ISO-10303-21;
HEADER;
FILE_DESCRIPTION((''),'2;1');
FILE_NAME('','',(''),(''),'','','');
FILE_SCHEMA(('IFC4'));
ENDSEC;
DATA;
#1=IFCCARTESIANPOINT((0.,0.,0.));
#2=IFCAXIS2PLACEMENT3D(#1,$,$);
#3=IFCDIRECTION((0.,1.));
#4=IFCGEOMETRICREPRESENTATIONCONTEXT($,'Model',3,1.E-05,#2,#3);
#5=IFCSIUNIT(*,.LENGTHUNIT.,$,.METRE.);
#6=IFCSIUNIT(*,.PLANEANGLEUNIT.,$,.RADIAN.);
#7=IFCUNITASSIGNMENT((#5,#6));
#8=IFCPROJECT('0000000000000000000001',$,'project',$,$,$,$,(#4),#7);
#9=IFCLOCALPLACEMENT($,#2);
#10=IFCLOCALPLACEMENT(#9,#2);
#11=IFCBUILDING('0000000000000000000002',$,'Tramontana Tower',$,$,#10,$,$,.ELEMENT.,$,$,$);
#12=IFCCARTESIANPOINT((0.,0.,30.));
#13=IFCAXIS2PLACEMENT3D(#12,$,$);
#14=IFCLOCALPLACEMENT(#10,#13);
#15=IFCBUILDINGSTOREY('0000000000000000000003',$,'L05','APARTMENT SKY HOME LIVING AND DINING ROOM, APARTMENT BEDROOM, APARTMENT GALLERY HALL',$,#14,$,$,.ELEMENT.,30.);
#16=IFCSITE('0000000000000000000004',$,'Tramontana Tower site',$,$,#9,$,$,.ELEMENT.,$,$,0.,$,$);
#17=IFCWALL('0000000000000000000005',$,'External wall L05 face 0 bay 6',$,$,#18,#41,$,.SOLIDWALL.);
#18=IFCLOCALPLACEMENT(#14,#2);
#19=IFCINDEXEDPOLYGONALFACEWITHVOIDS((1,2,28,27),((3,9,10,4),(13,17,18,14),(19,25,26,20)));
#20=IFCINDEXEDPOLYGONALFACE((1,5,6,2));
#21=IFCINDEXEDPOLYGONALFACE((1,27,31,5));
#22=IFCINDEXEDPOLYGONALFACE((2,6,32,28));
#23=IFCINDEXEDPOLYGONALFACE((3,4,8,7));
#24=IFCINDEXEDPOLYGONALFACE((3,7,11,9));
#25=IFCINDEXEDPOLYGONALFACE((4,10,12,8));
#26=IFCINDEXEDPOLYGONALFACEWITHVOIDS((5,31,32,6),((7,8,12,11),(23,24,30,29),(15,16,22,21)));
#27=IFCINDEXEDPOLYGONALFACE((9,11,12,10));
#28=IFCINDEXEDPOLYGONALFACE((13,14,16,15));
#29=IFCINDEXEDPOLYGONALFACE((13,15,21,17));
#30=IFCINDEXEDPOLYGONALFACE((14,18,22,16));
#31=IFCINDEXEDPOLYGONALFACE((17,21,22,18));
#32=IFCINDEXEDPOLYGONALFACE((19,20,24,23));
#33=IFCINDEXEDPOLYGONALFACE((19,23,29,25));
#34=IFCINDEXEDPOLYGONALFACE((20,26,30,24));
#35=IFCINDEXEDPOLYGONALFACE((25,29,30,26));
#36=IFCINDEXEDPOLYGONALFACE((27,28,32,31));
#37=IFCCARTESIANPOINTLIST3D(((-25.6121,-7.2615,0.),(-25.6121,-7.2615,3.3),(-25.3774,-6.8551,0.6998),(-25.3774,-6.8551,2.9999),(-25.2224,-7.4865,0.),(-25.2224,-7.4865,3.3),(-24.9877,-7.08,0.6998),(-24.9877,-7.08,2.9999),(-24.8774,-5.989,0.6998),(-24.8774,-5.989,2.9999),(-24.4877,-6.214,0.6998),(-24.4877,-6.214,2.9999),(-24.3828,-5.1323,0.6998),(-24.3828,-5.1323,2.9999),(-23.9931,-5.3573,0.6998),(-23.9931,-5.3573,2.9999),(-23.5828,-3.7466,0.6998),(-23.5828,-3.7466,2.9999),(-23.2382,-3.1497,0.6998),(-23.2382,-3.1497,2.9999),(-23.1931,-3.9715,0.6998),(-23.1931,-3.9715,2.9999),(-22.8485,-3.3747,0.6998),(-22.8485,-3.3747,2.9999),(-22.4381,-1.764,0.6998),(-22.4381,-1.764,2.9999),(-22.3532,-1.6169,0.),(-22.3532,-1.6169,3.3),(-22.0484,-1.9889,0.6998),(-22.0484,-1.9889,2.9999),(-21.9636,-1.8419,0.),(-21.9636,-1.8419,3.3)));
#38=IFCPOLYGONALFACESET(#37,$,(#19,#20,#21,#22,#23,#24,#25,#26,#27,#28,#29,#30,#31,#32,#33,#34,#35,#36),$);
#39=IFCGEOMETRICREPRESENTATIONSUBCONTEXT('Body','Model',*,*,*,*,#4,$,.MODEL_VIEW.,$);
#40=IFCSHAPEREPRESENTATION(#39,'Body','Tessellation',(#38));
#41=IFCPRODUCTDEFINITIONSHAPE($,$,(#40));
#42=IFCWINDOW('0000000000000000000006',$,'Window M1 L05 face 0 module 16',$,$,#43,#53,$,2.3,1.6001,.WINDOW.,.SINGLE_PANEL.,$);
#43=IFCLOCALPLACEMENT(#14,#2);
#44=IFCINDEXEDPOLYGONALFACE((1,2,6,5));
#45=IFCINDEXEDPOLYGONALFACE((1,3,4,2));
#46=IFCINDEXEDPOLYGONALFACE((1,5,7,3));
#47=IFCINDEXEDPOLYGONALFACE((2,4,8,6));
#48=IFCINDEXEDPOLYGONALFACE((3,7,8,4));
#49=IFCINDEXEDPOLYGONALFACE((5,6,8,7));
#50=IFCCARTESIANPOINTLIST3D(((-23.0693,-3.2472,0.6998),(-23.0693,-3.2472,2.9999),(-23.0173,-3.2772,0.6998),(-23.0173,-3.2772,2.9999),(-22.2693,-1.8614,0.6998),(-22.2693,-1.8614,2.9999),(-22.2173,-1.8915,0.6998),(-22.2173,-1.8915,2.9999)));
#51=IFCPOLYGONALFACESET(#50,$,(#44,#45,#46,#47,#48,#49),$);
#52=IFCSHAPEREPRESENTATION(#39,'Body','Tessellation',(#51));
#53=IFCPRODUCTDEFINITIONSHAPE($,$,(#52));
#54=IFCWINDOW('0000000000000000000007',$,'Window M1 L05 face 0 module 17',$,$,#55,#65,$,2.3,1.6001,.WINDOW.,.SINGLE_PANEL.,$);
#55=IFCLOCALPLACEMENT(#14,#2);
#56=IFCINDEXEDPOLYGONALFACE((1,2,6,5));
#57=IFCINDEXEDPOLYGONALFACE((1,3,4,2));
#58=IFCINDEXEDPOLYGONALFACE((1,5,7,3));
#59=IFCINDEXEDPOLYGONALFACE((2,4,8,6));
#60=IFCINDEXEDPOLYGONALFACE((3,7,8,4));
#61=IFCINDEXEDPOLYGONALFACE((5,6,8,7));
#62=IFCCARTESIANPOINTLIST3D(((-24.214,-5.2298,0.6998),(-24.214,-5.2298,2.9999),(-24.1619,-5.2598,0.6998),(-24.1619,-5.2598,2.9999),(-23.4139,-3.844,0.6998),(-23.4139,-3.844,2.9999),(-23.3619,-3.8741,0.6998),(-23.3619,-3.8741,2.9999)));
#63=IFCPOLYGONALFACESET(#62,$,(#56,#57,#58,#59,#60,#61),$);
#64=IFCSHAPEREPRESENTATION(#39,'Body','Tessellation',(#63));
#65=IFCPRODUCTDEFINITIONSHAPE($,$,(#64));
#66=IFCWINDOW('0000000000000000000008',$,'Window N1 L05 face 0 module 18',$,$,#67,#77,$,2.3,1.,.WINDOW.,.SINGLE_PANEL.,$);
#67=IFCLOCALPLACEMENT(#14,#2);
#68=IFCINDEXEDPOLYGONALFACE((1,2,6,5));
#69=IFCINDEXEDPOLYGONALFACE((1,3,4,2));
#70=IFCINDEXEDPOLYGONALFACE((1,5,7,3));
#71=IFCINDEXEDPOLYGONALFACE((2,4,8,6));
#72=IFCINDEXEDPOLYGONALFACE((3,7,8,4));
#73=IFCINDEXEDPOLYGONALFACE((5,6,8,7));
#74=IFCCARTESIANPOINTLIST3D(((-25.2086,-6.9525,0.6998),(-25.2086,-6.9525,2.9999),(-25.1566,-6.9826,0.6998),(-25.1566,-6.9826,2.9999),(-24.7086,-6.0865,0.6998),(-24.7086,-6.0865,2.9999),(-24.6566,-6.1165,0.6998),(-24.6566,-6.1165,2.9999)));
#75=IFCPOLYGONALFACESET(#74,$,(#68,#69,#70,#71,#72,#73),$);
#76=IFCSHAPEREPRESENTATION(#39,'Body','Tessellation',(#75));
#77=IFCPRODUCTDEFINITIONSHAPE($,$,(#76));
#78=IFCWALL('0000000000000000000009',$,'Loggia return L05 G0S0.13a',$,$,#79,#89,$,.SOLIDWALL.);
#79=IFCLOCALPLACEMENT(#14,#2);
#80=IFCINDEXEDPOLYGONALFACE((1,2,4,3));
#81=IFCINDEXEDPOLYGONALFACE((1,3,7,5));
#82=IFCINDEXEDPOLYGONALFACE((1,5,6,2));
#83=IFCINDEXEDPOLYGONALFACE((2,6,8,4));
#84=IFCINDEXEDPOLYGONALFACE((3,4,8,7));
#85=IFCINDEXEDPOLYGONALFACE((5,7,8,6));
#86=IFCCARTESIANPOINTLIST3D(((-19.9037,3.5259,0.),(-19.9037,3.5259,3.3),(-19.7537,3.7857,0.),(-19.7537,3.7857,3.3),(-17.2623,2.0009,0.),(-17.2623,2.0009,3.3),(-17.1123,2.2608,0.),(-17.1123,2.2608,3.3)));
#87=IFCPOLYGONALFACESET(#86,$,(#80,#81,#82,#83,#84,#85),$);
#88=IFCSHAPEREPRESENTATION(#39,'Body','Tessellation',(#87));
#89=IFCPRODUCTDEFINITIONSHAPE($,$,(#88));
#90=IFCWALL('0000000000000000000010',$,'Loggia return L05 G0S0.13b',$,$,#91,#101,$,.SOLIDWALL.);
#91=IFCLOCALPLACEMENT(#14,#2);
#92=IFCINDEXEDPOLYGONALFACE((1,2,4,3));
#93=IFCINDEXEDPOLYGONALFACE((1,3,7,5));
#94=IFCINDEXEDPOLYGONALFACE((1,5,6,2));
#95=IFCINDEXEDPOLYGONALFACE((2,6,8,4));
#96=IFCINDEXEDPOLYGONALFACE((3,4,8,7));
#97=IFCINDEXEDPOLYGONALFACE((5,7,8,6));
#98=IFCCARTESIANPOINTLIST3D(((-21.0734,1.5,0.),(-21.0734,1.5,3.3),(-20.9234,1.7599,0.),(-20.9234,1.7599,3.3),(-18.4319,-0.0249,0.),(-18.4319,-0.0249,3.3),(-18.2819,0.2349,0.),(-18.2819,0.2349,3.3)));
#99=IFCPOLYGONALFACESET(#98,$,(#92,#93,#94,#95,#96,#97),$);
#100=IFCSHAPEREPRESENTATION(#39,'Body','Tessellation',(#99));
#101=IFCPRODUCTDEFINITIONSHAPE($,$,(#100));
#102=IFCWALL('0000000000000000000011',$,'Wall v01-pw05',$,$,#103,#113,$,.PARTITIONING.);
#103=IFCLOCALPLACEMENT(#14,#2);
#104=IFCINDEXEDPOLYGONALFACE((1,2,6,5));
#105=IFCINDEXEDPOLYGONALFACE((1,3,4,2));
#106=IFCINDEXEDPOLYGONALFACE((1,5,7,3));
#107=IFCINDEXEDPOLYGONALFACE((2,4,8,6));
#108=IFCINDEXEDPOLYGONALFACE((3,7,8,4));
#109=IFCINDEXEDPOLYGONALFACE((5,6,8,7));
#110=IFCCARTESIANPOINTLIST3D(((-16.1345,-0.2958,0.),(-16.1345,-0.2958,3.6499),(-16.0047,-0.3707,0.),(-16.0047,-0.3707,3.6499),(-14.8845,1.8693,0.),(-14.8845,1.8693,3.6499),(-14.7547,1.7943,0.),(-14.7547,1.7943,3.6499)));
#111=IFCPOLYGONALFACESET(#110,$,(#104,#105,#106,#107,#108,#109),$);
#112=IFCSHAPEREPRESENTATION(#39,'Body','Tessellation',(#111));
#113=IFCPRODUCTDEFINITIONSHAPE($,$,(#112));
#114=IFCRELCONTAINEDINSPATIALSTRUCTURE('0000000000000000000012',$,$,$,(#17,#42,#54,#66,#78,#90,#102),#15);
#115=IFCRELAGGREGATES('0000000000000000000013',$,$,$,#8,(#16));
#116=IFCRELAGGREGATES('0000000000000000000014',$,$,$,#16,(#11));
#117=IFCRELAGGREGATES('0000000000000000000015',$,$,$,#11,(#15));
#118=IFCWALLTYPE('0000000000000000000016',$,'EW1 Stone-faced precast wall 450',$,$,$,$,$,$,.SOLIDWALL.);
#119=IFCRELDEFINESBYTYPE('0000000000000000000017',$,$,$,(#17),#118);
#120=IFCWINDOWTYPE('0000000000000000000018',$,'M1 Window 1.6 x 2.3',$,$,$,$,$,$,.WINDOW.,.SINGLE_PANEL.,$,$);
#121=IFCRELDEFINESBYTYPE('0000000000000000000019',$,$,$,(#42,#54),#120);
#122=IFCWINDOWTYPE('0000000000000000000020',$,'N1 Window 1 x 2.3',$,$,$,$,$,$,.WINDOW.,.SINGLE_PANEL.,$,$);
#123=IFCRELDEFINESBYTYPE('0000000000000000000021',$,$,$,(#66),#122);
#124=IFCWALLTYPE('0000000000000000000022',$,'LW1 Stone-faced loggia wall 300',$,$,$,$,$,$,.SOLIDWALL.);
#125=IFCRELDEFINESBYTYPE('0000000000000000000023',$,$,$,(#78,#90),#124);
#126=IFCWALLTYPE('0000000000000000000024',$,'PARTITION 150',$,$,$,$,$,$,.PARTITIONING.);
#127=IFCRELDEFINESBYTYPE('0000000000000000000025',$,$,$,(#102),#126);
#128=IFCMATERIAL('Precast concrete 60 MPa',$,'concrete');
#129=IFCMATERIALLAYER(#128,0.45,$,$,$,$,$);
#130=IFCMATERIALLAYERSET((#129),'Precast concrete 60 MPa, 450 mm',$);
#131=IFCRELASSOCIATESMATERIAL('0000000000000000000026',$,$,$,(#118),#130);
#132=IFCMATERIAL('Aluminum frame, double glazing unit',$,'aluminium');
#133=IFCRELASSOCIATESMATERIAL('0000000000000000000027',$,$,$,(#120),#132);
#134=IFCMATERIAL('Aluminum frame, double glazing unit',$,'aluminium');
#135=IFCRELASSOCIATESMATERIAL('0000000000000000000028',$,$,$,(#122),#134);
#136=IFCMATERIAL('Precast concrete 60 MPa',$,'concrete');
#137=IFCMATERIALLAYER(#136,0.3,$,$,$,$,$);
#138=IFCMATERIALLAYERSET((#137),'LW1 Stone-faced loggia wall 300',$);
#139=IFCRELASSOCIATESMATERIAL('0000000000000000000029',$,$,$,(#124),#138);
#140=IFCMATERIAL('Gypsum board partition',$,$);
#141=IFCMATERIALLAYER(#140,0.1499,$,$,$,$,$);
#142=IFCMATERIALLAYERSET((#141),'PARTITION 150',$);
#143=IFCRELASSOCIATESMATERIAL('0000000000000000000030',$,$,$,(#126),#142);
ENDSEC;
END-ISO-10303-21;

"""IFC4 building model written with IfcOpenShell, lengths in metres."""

from ifc_helpers import new_model, si_unit, direction, frame, frame_2d, origin, place, context, subcontext, project, spatial, rectangle, extrude, material, layer, layer_set, type_object, element, fill, save


model = new_model("IFC4")

# Units and contexts
model_context = context("Model", 3, precision=1e-05, world=origin(), true_north=direction((0.0, 1.0)))
body_context = subcontext(model_context, "Body", "Model", "MODEL_VIEW")
ifc_project = project(units=[si_unit("LENGTHUNIT", "METRE"), si_unit("PLANEANGLEUNIT", "RADIAN")], contexts=[model_context])

# Site, building, storey
site_placement = place(None, origin())
site = spatial("IfcSite", under=ifc_project, at=site_placement, Name="Tramontana Tower site", CompositionType="ELEMENT", RefElevation=0.0)
building_placement = place(site_placement, origin())
building = spatial("IfcBuilding", under=site, at=building_placement, Name="Tramontana Tower", CompositionType="ELEMENT")
storey_placement = place(building_placement, frame((0.0, 0.0, 30.0)))
storey = spatial("IfcBuildingStorey", under=building, at=storey_placement, Name="L05", Description="APARTMENT SKY HOME LIVING AND DINING ROOM, APARTMENT BEDROOM, APARTMENT GALLERY HALL", CompositionType="ELEMENT", Elevation=30.0)

# Shared definitions
ifc_material_1 = material(Name="Precast concrete 60 MPa", Category="concrete")
ifc_layer_1 = layer(ifc_material_1, 0.45)
ifc_layer_set_1 = layer_set([ifc_layer_1], Name="Precast concrete 60 MPa, 450 mm")
wall_type_1 = type_object("IfcWallType", Name="EW1 Stone-faced precast wall 450", PredefinedType="SOLIDWALL", material=ifc_layer_set_1)
ifc_material_2 = material(Name="Aluminum frame, double glazing unit", Category="aluminium")
window_type_1 = type_object("IfcWindowType", Name="M1 Window 1.6 x 2.3", PartitioningType="SINGLE_PANEL", PredefinedType="WINDOW", material=ifc_material_2)

# Wall, openings, windows
wall_1_placement = place(storey_placement, frame((-22.1584, -1.7295, 0.0), z_axis=(0.0, 0.0, 1.0), x_axis=(-0.49999, -0.866031, 0.0)))
wall_1 = element("IfcWall", 1, at=wall_1_placement, inside=storey, type_object=wall_type_1, Name="External wall L05 face 0 bay 6", PredefinedType="SOLIDWALL", context=body_context, shape_type="SweptSolid", body=[
    extrude(rectangle(XDim=6.5178, YDim=0.45, at=frame_2d((3.2588, 0.0))), origin(), (0.0, 0.0, 1.0), 3.3),
])
opening_1_placement = place(wall_1_placement, frame((0.1697, 0.0, 0.7)))
opening_1 = element("IfcOpeningElement", 2, at=opening_1_placement, cuts=wall_1, PredefinedType="OPENING", context=body_context, shape_type="SweptSolid", body=[
    extrude(rectangle(XDim=1.6001, YDim=2.3, at=frame_2d((0.8, 1.1499))), frame((0.0, 0.2349, 0.0), z_axis=(0.0, -1.0, 0.0), x_axis=(1.0, 0.0, 0.0)), (0.0, 0.0, 1.0), 0.47),
])
opening_2_placement = place(wall_1_placement, frame((2.459, 0.0, 0.7)))
opening_2 = element("IfcOpeningElement", 3, at=opening_2_placement, cuts=wall_1, PredefinedType="OPENING", context=body_context, shape_type="SweptSolid", body=[
    extrude(rectangle(XDim=1.6001, YDim=2.3, at=frame_2d((0.8, 1.1499))), frame((0.0, 0.2349, 0.0), z_axis=(0.0, -1.0, 0.0), x_axis=(1.0, 0.0, 0.0)), (0.0, 0.0, 1.0), 0.47),
])
opening_3_placement = place(wall_1_placement, frame((5.0483, 0.0, 0.7)))
opening_3 = element("IfcOpeningElement", 4, at=opening_3_placement, cuts=wall_1, PredefinedType="OPENING", context=body_context, shape_type="SweptSolid", body=[
    extrude(rectangle(XDim=1.0, YDim=2.3, at=frame_2d((0.5, 1.1499))), frame((0.0, 0.2349, 0.0), z_axis=(0.0, -1.0, 0.0), x_axis=(1.0, 0.0, 0.0)), (0.0, 0.0, 1.0), 0.47),
])
window_1_placement = place(opening_1_placement, origin())
window_1 = element("IfcWindow", 5, at=window_1_placement, inside=storey, type_object=window_type_1, Name="Window M1 L05 face 0 module 16", OverallHeight=2.3, OverallWidth=1.6001, PartitioningType="SINGLE_PANEL", PredefinedType="WINDOW", context=body_context, shape_type="SweptSolid", body=[
    extrude(rectangle(XDim=1.6001, YDim=2.3, at=frame_2d((0.8, 1.1499))), frame((0.0, 0.03, 0.0), z_axis=(0.0, -1.0, 0.0), x_axis=(1.0, 0.0, 0.0)), (0.0, 0.0, 1.0), 0.0601),
])
fill(opening_1, window_1)
window_2_placement = place(opening_2_placement, origin())
window_2 = element("IfcWindow", 6, at=window_2_placement, inside=storey, type_object=window_type_1, Name="Window M1 L05 face 0 module 17", OverallHeight=2.3, OverallWidth=1.6001, PartitioningType="SINGLE_PANEL", PredefinedType="WINDOW", context=body_context, shape_type="SweptSolid", body=[
    extrude(rectangle(XDim=1.6001, YDim=2.3, at=frame_2d((0.8, 1.1499))), frame((0.0, 0.03, 0.0), z_axis=(0.0, -1.0, 0.0), x_axis=(1.0, 0.0, 0.0)), (0.0, 0.0, 1.0), 0.0601),
])
fill(opening_2, window_2)
ifc_material_3 = material(Name="Aluminum frame, double glazing unit", Category="aluminium")
window_type_2 = type_object("IfcWindowType", Name="N1 Window 1 x 2.3", PartitioningType="SINGLE_PANEL", PredefinedType="WINDOW", material=ifc_material_3)
window_3_placement = place(opening_3_placement, origin())
window_3 = element("IfcWindow", 7, at=window_3_placement, inside=storey, type_object=window_type_2, Name="Window N1 L05 face 0 module 18", OverallHeight=2.3, OverallWidth=1.0, PartitioningType="SINGLE_PANEL", PredefinedType="WINDOW", context=body_context, shape_type="SweptSolid", body=[
    extrude(rectangle(XDim=1.0, YDim=2.3, at=frame_2d((0.5, 1.1499))), frame((0.0, 0.03, 0.0), z_axis=(0.0, -1.0, 0.0), x_axis=(1.0, 0.0, 0.0)), (0.0, 0.0, 1.0), 0.0601),
])
fill(opening_3, window_3)

# Shared definitions
ifc_material_4 = material(Name="Precast concrete 60 MPa", Category="concrete")
ifc_layer_2 = layer(ifc_material_4, 0.3)
ifc_layer_set_2 = layer_set([ifc_layer_2], Name="LW1 Stone-faced loggia wall 300")
wall_type_2 = type_object("IfcWallType", Name="LW1 Stone-faced loggia wall 300", PredefinedType="SOLIDWALL", material=ifc_layer_set_2)

# Walls
for number, where, z_axis, x_axis, name in (
    (8, (-19.8286, 3.6558, 0.0), (0.0, 0.0, 1.0), (0.866038, -0.499979, 0.0), "Loggia return L05 G0S0.13a"),
    (9, (-20.9983, 1.6299, 0.0), (0.0, 0.0, 1.0), (0.866038, -0.499979, 0.0), "Loggia return L05 G0S0.13b"),
):
    element("IfcWall", number, at=place(storey_placement, frame(where, z_axis=z_axis, x_axis=x_axis)), inside=storey, type_object=wall_type_2, Name=name, PredefinedType="SOLIDWALL", context=body_context, shape_type="SweptSolid", body=[
        extrude(rectangle(XDim=3.05, YDim=0.3, at=frame_2d((1.5249, 0.0))), origin(), (0.0, 0.0, 1.0), 3.3),
    ])
ifc_material_5 = material(Name="Gypsum board partition")
ifc_layer_3 = layer(ifc_material_5, 0.1499)
ifc_layer_set_3 = layer_set([ifc_layer_3], Name="PARTITION 150")
wall_type_3 = type_object("IfcWallType", Name="PARTITION 150", PredefinedType="PARTITIONING", material=ifc_layer_set_3)
wall_2_placement = place(storey_placement, frame((-16.0696, -0.3333, 0.0), z_axis=(0.0, 0.0, 1.0), x_axis=(0.500004, 0.866023, 0.0)))
element("IfcWall", 10, at=wall_2_placement, inside=storey, type_object=wall_type_3, Name="Wall v01-pw05", PredefinedType="PARTITIONING", context=body_context, shape_type="SweptSolid", body=[
    extrude(rectangle(XDim=2.5, YDim=0.1499, at=frame_2d((1.25, 0.0))), origin(), (0.0, 0.0, 1.0), 3.6499),
])

save(model, "model.ifc")
